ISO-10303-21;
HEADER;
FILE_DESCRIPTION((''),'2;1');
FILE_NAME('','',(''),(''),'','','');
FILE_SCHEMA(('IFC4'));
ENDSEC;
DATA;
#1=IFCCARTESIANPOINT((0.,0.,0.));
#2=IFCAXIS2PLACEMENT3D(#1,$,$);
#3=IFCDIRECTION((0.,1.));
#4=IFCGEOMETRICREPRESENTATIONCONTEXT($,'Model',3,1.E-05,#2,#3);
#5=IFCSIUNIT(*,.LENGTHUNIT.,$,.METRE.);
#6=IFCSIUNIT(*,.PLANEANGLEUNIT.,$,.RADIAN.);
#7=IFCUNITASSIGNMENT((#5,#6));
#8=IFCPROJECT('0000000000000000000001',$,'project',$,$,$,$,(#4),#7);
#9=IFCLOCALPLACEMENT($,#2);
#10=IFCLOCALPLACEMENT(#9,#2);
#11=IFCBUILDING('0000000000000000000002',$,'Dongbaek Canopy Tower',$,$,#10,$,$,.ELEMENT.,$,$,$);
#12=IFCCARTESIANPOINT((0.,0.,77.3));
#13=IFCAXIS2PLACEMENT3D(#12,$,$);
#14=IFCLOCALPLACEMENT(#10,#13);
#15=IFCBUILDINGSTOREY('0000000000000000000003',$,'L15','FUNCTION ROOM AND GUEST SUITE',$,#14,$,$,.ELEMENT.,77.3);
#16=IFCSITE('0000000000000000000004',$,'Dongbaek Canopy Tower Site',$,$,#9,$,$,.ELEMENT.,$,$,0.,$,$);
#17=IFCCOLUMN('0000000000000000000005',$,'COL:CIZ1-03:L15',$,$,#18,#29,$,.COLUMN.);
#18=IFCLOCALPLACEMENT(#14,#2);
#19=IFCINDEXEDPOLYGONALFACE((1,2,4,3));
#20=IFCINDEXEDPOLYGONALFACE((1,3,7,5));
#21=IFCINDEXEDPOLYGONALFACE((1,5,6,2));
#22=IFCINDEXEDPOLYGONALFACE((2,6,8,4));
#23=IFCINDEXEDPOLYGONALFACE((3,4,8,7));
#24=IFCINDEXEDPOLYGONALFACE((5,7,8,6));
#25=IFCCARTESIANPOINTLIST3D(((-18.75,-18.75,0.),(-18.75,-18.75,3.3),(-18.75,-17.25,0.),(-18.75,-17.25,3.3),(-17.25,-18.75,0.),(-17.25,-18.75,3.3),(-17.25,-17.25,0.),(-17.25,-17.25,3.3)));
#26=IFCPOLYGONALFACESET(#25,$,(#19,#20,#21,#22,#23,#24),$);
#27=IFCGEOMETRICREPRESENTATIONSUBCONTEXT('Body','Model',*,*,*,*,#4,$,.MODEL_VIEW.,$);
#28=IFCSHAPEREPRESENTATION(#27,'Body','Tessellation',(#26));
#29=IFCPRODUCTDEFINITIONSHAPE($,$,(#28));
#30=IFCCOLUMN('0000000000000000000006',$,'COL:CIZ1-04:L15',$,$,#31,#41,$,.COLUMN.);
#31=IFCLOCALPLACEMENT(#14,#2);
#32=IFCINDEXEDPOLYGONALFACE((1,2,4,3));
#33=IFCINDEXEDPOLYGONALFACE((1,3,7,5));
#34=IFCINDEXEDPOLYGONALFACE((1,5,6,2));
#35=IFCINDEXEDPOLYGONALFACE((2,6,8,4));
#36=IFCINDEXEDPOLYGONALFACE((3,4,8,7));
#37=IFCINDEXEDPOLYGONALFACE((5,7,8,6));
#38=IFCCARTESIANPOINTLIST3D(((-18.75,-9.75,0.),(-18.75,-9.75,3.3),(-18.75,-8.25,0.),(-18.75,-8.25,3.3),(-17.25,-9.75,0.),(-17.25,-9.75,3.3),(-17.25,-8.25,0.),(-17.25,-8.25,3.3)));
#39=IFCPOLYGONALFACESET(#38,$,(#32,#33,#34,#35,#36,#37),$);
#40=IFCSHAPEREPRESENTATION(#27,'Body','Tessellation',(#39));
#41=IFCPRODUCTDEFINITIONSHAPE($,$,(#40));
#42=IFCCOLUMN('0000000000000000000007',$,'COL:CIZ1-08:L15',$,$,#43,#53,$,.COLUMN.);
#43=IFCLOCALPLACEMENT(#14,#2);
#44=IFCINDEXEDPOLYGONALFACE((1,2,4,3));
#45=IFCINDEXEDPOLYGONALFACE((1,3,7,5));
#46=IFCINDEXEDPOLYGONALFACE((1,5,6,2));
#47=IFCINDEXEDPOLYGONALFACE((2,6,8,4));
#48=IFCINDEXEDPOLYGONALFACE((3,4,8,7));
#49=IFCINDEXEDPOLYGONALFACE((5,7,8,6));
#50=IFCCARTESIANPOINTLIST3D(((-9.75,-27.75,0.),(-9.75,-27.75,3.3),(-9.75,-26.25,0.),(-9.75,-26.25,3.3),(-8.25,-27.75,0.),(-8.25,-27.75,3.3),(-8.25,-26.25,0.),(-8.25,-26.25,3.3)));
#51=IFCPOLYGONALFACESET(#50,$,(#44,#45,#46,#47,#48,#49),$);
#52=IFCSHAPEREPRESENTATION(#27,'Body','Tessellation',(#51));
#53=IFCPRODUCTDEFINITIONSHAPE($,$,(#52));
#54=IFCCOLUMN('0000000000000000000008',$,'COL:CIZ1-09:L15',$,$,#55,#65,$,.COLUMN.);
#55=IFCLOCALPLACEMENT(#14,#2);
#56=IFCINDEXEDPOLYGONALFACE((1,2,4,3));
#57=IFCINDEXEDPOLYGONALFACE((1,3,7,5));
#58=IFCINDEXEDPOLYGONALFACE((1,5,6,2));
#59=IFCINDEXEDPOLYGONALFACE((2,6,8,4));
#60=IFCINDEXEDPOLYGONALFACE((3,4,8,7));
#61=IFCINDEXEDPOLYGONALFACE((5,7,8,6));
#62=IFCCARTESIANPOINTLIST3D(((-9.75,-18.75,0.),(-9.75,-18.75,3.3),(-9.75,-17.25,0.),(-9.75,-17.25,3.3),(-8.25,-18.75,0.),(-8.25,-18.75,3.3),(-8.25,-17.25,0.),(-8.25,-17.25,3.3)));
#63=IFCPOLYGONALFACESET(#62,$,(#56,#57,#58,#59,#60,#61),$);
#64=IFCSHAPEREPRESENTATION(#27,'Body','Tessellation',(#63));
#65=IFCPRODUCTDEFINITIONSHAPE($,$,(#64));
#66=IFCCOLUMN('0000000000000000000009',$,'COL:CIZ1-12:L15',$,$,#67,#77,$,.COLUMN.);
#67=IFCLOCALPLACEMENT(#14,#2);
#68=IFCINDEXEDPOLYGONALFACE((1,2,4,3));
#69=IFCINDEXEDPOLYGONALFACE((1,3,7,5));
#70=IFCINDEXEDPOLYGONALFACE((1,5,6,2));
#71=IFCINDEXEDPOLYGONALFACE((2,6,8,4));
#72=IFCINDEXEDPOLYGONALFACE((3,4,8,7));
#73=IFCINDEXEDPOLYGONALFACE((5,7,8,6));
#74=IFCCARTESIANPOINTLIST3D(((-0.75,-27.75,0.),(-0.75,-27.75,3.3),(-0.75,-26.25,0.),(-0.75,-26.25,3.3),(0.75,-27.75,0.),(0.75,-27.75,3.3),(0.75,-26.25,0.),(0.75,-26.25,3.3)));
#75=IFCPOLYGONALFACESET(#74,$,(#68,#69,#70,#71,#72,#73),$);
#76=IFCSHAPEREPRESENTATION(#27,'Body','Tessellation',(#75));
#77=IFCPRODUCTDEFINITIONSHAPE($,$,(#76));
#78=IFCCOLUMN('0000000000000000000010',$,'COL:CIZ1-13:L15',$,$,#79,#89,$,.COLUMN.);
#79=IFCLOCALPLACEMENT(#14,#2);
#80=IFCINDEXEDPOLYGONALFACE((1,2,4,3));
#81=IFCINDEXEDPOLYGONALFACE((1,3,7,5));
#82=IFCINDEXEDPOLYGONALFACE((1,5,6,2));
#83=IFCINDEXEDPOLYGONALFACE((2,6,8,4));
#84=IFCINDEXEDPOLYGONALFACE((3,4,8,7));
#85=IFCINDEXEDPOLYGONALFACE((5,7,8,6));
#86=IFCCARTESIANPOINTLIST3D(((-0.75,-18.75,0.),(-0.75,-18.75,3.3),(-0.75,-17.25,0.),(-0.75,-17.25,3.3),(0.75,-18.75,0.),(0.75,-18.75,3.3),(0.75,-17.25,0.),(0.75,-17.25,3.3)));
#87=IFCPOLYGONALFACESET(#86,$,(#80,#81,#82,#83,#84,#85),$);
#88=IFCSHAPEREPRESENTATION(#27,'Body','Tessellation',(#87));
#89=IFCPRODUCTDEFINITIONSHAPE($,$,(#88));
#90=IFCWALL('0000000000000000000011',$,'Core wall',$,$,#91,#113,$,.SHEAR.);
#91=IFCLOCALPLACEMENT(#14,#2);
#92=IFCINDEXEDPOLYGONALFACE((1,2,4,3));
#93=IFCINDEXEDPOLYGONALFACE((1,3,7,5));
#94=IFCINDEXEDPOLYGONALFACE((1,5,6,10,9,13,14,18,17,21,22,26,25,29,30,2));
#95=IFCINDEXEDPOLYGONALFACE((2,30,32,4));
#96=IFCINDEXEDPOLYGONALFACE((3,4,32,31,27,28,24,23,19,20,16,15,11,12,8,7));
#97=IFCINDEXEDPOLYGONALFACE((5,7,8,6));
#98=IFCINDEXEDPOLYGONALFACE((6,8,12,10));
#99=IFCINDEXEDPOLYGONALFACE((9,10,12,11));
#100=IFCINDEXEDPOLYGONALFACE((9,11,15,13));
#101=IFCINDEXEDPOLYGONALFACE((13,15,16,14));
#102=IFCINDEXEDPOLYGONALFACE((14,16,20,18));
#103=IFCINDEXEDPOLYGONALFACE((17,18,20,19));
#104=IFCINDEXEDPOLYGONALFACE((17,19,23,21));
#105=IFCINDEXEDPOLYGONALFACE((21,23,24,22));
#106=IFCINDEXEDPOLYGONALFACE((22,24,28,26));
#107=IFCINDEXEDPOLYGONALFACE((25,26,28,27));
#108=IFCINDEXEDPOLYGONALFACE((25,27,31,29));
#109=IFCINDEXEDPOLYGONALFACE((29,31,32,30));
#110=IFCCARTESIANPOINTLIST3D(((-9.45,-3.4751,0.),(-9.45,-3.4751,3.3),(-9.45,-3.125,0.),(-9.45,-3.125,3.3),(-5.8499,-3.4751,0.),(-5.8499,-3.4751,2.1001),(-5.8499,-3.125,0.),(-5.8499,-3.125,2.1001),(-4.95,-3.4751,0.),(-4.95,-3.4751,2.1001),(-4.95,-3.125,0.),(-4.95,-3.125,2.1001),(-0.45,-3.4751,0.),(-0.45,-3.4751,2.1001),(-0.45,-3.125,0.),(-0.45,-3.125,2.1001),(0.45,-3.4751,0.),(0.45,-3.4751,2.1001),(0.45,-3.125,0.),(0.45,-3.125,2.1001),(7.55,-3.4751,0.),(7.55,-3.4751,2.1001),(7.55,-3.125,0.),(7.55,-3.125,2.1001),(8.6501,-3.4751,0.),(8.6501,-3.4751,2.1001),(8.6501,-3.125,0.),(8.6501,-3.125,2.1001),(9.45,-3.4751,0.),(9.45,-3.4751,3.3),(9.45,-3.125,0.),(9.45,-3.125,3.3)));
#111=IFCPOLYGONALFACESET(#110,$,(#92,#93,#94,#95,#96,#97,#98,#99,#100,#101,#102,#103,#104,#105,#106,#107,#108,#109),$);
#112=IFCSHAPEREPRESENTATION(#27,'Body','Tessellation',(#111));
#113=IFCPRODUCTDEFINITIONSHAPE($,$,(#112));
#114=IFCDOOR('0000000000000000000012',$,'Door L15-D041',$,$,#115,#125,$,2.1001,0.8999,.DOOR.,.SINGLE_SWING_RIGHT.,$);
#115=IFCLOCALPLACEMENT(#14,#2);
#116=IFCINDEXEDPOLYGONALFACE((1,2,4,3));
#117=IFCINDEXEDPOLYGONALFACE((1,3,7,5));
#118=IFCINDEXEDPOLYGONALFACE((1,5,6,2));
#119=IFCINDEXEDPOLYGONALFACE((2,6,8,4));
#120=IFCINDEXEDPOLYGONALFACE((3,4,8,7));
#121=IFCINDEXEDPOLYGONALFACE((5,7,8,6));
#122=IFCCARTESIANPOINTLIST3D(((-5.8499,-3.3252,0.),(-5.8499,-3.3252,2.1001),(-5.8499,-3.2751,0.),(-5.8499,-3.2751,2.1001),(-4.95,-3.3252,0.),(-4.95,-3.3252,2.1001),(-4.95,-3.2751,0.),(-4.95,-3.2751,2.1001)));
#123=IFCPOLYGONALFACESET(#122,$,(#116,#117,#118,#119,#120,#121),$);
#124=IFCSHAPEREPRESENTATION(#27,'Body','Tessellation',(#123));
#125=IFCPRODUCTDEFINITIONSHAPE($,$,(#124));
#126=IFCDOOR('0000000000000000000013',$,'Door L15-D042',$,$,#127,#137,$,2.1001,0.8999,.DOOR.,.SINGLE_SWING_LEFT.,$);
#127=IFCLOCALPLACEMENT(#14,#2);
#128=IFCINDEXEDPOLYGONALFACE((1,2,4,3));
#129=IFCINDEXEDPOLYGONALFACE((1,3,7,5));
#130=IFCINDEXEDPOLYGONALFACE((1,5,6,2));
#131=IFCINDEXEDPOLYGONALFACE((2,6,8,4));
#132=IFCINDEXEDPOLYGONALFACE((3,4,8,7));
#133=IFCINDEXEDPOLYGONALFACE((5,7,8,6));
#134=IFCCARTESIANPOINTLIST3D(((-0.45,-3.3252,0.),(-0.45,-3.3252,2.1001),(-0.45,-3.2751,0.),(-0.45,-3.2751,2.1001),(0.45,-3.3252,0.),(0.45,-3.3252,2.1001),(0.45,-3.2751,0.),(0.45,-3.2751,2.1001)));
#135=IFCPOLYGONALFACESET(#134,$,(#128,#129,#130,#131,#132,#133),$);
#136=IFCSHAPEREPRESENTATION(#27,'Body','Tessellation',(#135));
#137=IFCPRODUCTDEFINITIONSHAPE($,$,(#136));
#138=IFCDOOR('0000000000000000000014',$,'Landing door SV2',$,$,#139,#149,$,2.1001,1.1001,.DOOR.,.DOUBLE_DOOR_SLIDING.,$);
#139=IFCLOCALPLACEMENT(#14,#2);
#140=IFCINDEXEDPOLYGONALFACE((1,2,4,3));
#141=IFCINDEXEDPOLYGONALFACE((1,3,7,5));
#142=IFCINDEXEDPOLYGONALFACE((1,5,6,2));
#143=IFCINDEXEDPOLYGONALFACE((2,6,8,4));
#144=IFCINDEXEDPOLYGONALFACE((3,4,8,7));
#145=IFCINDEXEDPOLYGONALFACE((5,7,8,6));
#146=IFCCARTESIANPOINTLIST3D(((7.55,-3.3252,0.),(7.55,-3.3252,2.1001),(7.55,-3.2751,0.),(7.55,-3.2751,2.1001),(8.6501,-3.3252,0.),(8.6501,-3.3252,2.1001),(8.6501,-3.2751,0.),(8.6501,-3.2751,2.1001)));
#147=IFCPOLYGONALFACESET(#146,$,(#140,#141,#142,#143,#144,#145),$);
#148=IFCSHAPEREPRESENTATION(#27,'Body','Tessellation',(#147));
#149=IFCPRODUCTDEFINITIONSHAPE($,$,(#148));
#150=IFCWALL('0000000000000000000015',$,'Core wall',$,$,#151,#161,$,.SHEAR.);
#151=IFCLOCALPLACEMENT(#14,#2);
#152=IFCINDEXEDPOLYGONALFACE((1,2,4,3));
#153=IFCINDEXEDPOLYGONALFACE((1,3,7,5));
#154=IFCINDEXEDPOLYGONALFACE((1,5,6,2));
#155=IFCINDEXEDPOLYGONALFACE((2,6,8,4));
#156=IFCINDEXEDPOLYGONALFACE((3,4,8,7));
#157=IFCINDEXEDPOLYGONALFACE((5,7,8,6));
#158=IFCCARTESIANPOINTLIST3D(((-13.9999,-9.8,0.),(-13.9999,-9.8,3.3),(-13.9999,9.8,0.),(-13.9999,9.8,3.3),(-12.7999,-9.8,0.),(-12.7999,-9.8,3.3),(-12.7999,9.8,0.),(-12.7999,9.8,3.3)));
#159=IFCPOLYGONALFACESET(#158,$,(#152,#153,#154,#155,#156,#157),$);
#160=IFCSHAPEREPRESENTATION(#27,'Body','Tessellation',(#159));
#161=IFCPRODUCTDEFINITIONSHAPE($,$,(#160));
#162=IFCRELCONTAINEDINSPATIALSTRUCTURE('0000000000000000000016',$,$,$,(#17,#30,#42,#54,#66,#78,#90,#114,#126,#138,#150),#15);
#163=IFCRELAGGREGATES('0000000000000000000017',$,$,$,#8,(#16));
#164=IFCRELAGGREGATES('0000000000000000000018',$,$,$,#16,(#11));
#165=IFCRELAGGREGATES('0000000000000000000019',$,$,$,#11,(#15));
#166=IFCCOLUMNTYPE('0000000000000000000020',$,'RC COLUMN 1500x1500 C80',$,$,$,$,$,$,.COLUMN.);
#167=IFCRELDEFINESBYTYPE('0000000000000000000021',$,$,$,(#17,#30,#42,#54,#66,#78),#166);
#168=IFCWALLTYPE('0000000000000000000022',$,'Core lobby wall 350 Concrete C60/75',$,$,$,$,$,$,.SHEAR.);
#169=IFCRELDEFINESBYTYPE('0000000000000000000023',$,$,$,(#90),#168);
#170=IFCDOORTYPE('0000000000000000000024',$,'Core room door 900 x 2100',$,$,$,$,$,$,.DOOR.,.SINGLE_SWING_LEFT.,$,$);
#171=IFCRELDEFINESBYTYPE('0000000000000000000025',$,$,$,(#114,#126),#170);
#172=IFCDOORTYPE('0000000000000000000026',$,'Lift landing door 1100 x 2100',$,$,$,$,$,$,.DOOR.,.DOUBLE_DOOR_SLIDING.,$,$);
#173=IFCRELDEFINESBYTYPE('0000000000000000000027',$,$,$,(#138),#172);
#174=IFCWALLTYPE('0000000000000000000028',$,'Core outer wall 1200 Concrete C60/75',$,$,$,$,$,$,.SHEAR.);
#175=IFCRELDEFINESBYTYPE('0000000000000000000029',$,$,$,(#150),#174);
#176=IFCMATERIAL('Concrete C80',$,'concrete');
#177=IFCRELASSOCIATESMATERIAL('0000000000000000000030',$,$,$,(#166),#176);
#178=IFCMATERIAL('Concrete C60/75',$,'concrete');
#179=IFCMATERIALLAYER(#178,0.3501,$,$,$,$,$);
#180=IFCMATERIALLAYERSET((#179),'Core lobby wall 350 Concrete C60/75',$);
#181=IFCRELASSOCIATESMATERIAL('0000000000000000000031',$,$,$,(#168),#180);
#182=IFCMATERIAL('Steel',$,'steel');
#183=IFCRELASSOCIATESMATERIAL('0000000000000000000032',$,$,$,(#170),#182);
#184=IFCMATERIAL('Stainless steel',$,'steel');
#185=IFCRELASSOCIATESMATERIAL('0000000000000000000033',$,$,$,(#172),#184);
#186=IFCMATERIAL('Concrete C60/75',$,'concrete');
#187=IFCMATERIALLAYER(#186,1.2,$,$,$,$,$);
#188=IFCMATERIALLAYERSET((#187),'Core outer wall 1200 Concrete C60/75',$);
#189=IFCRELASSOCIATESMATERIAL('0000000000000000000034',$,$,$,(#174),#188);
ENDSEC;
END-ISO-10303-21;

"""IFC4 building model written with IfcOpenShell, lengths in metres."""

from ifc_helpers import new_model, si_unit, direction, frame, frame_2d, origin, origin_2d, place, context, subcontext, project, spatial, rectangle, extrude, material, layer, layer_set, material_profile, profile_set, type_object, element, fill, save


model = new_model("IFC4")

# Units and contexts
model_context = context("Model", 3, precision=1e-05, world=origin(), true_north=direction((0.0, 1.0)))
body_context = subcontext(model_context, "Body", "Model", "MODEL_VIEW")
ifc_project = project(units=[si_unit("LENGTHUNIT", "METRE"), si_unit("PLANEANGLEUNIT", "RADIAN")], contexts=[model_context])

# Site, building, storey
site_placement = place(None, origin())
site = spatial("IfcSite", under=ifc_project, at=site_placement, Name="Dongbaek Canopy Tower Site", CompositionType="ELEMENT", RefElevation=0.0)
building_placement = place(site_placement, origin())
building = spatial("IfcBuilding", under=site, at=building_placement, Name="Dongbaek Canopy Tower", CompositionType="ELEMENT")
storey_placement = place(building_placement, frame((0.0, 0.0, 77.3)))
storey = spatial("IfcBuildingStorey", under=building, at=storey_placement, Name="L15", Description="FUNCTION ROOM AND GUEST SUITE", CompositionType="ELEMENT", Elevation=77.3)

# Columns
ifc_material_1 = material(Name="Concrete C80", Category="concrete")
ifc_material_profile = material_profile(ifc_material_1, rectangle(XDim=1.5, YDim=1.5, at=origin_2d()), Name="RC COLUMN 1500x1500 C80")
ifc_profile_set = profile_set([ifc_material_profile], Name="Concrete C80")
column_type = type_object("IfcColumnType", Name="RC COLUMN 1500x1500 C80", PredefinedType="COLUMN", material=ifc_profile_set)
for number, where, z_axis, x_axis, name in (
    (1, (-18.0, -18.0, 0.0), (0.0, 0.0, 1.0), (1.0, 0.0, 0.0), "COL:CIZ1-03:L15"),
    (2, (-18.0, -9.0, 0.0), (0.0, 0.0, 1.0), (1.0, 0.0, 0.0), "COL:CIZ1-04:L15"),
    (3, (-9.0, -27.0, 0.0), (0.0, 0.0, 1.0), (1.0, 0.0, 0.0), "COL:CIZ1-08:L15"),
    (4, (-9.0, -18.0, 0.0), (0.0, 0.0, 1.0), (1.0, 0.0, 0.0), "COL:CIZ1-09:L15"),
    (5, (0.0, -27.0, 0.0), (0.0, 0.0, 1.0), (1.0, 0.0, 0.0), "COL:CIZ1-12:L15"),
    (6, (0.0, -18.0, 0.0), (0.0, 0.0, 1.0), (1.0, 0.0, 0.0), "COL:CIZ1-13:L15"),
):
    element("IfcColumn", number, at=place(storey_placement, frame(where, z_axis=z_axis, x_axis=x_axis)), inside=storey, type_object=column_type, Name=name, PredefinedType="COLUMN", context=body_context, shape_type="SweptSolid", body=[
        extrude(rectangle(XDim=1.5, YDim=1.5, at=origin_2d()), origin(), (0.0, 0.0, 1.0), 3.3),
    ])

# Wall, openings, doors
ifc_material_2 = material(Name="Concrete C60/75", Category="concrete")
ifc_layer_1 = layer(ifc_material_2, 0.3501)
ifc_layer_set_1 = layer_set([ifc_layer_1], Name="Core lobby wall 350 Concrete C60/75")
wall_type_1 = type_object("IfcWallType", Name="Core lobby wall 350 Concrete C60/75", PredefinedType="SHEAR", material=ifc_layer_set_1)
wall_1_placement = place(storey_placement, frame((-9.45, -3.3, 0.0), z_axis=(0.0, 0.0, 1.0), x_axis=(1.0, 0.0, 0.0)))
wall_1 = element("IfcWall", 7, at=wall_1_placement, inside=storey, type_object=wall_type_1, Name="Core wall", PredefinedType="SHEAR", context=body_context, shape_type="SweptSolid", body=[
    extrude(rectangle(XDim=18.8999, YDim=0.3501, at=frame_2d((9.45, 0.0))), origin(), (0.0, 0.0, 1.0), 3.3),
])
opening_1_placement = place(wall_1_placement, frame((17.0, 0.0, 0.0)))
opening_1 = element("IfcOpeningElement", 8, at=opening_1_placement, cuts=wall_1, PredefinedType="OPENING", context=body_context, shape_type="SweptSolid", body=[
    extrude(rectangle(XDim=1.1001, YDim=2.1001, at=frame_2d((0.55, 1.05))), frame((0.0, 0.1851, 0.0), z_axis=(0.0, -1.0, 0.0), x_axis=(1.0, 0.0, 0.0)), (0.0, 0.0, 1.0), 0.3701),
])
opening_2_placement = place(wall_1_placement, frame((3.6001, 0.0, 0.0)))
opening_2 = element("IfcOpeningElement", 9, at=opening_2_placement, cuts=wall_1, PredefinedType="OPENING", context=body_context, shape_type="SweptSolid", body=[
    extrude(rectangle(XDim=0.8999, YDim=2.1001, at=frame_2d((0.45, 1.05))), frame((0.0, 0.1851, 0.0), z_axis=(0.0, -1.0, 0.0), x_axis=(1.0, 0.0, 0.0)), (0.0, 0.0, 1.0), 0.3701),
])
opening_3_placement = place(wall_1_placement, frame((9.0, 0.0, 0.0)))
opening_3 = element("IfcOpeningElement", 10, at=opening_3_placement, cuts=wall_1, PredefinedType="OPENING", context=body_context, shape_type="SweptSolid", body=[
    extrude(rectangle(XDim=0.8999, YDim=2.1001, at=frame_2d((0.45, 1.05))), frame((0.0, 0.1851, 0.0), z_axis=(0.0, -1.0, 0.0), x_axis=(1.0, 0.0, 0.0)), (0.0, 0.0, 1.0), 0.3701),
])
ifc_material_3 = material(Name="Steel", Category="steel")
door_type_1 = type_object("IfcDoorType", Name="Core room door 900 x 2100", OperationType="SINGLE_SWING_LEFT", PredefinedType="DOOR", material=ifc_material_3)
door_1_placement = place(opening_2_placement, origin())
door_1 = element("IfcDoor", 11, at=door_1_placement, inside=storey, type_object=door_type_1, Name="Door L15-D041", OperationType="SINGLE_SWING_RIGHT", OverallHeight=2.1001, OverallWidth=0.8999, PredefinedType="DOOR", context=body_context, shape_type="SweptSolid", body=[
    extrude(rectangle(XDim=0.8999, YDim=2.1001, at=frame_2d((0.45, 1.05))), frame((0.0, 0.0249, 0.0), z_axis=(0.0, -1.0, 0.0), x_axis=(1.0, 0.0, 0.0)), (0.0, 0.0, 1.0), 0.05),
])
fill(opening_2, door_1)
door_2_placement = place(opening_3_placement, origin())
door_2 = element("IfcDoor", 12, at=door_2_placement, inside=storey, type_object=door_type_1, Name="Door L15-D042", OperationType="SINGLE_SWING_LEFT", OverallHeight=2.1001, OverallWidth=0.8999, PredefinedType="DOOR", context=body_context, shape_type="SweptSolid", body=[
    extrude(rectangle(XDim=0.8999, YDim=2.1001, at=frame_2d((0.45, 1.05))), frame((0.0, 0.0249, 0.0), z_axis=(0.0, -1.0, 0.0), x_axis=(1.0, 0.0, 0.0)), (0.0, 0.0, 1.0), 0.05),
])
fill(opening_3, door_2)
ifc_material_4 = material(Name="Stainless steel", Category="steel")
door_type_2 = type_object("IfcDoorType", Name="Lift landing door 1100 x 2100", OperationType="DOUBLE_DOOR_SLIDING", PredefinedType="DOOR", material=ifc_material_4)
door_3_placement = place(opening_1_placement, origin())
door_3 = element("IfcDoor", 13, at=door_3_placement, inside=storey, type_object=door_type_2, Name="Landing door SV2", OperationType="DOUBLE_DOOR_SLIDING", OverallHeight=2.1001, OverallWidth=1.1001, PredefinedType="DOOR", context=body_context, shape_type="SweptSolid", body=[
    extrude(rectangle(XDim=1.1001, YDim=2.1001, at=frame_2d((0.55, 1.05))), frame((0.0, 0.0249, 0.0), z_axis=(0.0, -1.0, 0.0), x_axis=(1.0, 0.0, 0.0)), (0.0, 0.0, 1.0), 0.05),
])
fill(opening_1, door_3)

# Wall
ifc_material_5 = material(Name="Concrete C60/75", Category="concrete")
ifc_layer_2 = layer(ifc_material_5, 1.2)
ifc_layer_set_2 = layer_set([ifc_layer_2], Name="Core outer wall 1200 Concrete C60/75")
wall_type_2 = type_object("IfcWallType", Name="Core outer wall 1200 Concrete C60/75", PredefinedType="SHEAR", material=ifc_layer_set_2)
wall_2_placement = place(storey_placement, frame((-13.3999, -9.8, 0.0), z_axis=(0.0, 0.0, 1.0), x_axis=(0.0, 1.0, 0.0)))
element("IfcWall", 14, at=wall_2_placement, inside=storey, type_object=wall_type_2, Name="Core wall", PredefinedType="SHEAR", context=body_context, shape_type="SweptSolid", body=[
    extrude(rectangle(XDim=19.6001, YDim=1.2, at=frame_2d((9.8, 0.0))), origin(), (0.0, 0.0, 1.0), 3.3),
])

save(model, "model.ifc")
